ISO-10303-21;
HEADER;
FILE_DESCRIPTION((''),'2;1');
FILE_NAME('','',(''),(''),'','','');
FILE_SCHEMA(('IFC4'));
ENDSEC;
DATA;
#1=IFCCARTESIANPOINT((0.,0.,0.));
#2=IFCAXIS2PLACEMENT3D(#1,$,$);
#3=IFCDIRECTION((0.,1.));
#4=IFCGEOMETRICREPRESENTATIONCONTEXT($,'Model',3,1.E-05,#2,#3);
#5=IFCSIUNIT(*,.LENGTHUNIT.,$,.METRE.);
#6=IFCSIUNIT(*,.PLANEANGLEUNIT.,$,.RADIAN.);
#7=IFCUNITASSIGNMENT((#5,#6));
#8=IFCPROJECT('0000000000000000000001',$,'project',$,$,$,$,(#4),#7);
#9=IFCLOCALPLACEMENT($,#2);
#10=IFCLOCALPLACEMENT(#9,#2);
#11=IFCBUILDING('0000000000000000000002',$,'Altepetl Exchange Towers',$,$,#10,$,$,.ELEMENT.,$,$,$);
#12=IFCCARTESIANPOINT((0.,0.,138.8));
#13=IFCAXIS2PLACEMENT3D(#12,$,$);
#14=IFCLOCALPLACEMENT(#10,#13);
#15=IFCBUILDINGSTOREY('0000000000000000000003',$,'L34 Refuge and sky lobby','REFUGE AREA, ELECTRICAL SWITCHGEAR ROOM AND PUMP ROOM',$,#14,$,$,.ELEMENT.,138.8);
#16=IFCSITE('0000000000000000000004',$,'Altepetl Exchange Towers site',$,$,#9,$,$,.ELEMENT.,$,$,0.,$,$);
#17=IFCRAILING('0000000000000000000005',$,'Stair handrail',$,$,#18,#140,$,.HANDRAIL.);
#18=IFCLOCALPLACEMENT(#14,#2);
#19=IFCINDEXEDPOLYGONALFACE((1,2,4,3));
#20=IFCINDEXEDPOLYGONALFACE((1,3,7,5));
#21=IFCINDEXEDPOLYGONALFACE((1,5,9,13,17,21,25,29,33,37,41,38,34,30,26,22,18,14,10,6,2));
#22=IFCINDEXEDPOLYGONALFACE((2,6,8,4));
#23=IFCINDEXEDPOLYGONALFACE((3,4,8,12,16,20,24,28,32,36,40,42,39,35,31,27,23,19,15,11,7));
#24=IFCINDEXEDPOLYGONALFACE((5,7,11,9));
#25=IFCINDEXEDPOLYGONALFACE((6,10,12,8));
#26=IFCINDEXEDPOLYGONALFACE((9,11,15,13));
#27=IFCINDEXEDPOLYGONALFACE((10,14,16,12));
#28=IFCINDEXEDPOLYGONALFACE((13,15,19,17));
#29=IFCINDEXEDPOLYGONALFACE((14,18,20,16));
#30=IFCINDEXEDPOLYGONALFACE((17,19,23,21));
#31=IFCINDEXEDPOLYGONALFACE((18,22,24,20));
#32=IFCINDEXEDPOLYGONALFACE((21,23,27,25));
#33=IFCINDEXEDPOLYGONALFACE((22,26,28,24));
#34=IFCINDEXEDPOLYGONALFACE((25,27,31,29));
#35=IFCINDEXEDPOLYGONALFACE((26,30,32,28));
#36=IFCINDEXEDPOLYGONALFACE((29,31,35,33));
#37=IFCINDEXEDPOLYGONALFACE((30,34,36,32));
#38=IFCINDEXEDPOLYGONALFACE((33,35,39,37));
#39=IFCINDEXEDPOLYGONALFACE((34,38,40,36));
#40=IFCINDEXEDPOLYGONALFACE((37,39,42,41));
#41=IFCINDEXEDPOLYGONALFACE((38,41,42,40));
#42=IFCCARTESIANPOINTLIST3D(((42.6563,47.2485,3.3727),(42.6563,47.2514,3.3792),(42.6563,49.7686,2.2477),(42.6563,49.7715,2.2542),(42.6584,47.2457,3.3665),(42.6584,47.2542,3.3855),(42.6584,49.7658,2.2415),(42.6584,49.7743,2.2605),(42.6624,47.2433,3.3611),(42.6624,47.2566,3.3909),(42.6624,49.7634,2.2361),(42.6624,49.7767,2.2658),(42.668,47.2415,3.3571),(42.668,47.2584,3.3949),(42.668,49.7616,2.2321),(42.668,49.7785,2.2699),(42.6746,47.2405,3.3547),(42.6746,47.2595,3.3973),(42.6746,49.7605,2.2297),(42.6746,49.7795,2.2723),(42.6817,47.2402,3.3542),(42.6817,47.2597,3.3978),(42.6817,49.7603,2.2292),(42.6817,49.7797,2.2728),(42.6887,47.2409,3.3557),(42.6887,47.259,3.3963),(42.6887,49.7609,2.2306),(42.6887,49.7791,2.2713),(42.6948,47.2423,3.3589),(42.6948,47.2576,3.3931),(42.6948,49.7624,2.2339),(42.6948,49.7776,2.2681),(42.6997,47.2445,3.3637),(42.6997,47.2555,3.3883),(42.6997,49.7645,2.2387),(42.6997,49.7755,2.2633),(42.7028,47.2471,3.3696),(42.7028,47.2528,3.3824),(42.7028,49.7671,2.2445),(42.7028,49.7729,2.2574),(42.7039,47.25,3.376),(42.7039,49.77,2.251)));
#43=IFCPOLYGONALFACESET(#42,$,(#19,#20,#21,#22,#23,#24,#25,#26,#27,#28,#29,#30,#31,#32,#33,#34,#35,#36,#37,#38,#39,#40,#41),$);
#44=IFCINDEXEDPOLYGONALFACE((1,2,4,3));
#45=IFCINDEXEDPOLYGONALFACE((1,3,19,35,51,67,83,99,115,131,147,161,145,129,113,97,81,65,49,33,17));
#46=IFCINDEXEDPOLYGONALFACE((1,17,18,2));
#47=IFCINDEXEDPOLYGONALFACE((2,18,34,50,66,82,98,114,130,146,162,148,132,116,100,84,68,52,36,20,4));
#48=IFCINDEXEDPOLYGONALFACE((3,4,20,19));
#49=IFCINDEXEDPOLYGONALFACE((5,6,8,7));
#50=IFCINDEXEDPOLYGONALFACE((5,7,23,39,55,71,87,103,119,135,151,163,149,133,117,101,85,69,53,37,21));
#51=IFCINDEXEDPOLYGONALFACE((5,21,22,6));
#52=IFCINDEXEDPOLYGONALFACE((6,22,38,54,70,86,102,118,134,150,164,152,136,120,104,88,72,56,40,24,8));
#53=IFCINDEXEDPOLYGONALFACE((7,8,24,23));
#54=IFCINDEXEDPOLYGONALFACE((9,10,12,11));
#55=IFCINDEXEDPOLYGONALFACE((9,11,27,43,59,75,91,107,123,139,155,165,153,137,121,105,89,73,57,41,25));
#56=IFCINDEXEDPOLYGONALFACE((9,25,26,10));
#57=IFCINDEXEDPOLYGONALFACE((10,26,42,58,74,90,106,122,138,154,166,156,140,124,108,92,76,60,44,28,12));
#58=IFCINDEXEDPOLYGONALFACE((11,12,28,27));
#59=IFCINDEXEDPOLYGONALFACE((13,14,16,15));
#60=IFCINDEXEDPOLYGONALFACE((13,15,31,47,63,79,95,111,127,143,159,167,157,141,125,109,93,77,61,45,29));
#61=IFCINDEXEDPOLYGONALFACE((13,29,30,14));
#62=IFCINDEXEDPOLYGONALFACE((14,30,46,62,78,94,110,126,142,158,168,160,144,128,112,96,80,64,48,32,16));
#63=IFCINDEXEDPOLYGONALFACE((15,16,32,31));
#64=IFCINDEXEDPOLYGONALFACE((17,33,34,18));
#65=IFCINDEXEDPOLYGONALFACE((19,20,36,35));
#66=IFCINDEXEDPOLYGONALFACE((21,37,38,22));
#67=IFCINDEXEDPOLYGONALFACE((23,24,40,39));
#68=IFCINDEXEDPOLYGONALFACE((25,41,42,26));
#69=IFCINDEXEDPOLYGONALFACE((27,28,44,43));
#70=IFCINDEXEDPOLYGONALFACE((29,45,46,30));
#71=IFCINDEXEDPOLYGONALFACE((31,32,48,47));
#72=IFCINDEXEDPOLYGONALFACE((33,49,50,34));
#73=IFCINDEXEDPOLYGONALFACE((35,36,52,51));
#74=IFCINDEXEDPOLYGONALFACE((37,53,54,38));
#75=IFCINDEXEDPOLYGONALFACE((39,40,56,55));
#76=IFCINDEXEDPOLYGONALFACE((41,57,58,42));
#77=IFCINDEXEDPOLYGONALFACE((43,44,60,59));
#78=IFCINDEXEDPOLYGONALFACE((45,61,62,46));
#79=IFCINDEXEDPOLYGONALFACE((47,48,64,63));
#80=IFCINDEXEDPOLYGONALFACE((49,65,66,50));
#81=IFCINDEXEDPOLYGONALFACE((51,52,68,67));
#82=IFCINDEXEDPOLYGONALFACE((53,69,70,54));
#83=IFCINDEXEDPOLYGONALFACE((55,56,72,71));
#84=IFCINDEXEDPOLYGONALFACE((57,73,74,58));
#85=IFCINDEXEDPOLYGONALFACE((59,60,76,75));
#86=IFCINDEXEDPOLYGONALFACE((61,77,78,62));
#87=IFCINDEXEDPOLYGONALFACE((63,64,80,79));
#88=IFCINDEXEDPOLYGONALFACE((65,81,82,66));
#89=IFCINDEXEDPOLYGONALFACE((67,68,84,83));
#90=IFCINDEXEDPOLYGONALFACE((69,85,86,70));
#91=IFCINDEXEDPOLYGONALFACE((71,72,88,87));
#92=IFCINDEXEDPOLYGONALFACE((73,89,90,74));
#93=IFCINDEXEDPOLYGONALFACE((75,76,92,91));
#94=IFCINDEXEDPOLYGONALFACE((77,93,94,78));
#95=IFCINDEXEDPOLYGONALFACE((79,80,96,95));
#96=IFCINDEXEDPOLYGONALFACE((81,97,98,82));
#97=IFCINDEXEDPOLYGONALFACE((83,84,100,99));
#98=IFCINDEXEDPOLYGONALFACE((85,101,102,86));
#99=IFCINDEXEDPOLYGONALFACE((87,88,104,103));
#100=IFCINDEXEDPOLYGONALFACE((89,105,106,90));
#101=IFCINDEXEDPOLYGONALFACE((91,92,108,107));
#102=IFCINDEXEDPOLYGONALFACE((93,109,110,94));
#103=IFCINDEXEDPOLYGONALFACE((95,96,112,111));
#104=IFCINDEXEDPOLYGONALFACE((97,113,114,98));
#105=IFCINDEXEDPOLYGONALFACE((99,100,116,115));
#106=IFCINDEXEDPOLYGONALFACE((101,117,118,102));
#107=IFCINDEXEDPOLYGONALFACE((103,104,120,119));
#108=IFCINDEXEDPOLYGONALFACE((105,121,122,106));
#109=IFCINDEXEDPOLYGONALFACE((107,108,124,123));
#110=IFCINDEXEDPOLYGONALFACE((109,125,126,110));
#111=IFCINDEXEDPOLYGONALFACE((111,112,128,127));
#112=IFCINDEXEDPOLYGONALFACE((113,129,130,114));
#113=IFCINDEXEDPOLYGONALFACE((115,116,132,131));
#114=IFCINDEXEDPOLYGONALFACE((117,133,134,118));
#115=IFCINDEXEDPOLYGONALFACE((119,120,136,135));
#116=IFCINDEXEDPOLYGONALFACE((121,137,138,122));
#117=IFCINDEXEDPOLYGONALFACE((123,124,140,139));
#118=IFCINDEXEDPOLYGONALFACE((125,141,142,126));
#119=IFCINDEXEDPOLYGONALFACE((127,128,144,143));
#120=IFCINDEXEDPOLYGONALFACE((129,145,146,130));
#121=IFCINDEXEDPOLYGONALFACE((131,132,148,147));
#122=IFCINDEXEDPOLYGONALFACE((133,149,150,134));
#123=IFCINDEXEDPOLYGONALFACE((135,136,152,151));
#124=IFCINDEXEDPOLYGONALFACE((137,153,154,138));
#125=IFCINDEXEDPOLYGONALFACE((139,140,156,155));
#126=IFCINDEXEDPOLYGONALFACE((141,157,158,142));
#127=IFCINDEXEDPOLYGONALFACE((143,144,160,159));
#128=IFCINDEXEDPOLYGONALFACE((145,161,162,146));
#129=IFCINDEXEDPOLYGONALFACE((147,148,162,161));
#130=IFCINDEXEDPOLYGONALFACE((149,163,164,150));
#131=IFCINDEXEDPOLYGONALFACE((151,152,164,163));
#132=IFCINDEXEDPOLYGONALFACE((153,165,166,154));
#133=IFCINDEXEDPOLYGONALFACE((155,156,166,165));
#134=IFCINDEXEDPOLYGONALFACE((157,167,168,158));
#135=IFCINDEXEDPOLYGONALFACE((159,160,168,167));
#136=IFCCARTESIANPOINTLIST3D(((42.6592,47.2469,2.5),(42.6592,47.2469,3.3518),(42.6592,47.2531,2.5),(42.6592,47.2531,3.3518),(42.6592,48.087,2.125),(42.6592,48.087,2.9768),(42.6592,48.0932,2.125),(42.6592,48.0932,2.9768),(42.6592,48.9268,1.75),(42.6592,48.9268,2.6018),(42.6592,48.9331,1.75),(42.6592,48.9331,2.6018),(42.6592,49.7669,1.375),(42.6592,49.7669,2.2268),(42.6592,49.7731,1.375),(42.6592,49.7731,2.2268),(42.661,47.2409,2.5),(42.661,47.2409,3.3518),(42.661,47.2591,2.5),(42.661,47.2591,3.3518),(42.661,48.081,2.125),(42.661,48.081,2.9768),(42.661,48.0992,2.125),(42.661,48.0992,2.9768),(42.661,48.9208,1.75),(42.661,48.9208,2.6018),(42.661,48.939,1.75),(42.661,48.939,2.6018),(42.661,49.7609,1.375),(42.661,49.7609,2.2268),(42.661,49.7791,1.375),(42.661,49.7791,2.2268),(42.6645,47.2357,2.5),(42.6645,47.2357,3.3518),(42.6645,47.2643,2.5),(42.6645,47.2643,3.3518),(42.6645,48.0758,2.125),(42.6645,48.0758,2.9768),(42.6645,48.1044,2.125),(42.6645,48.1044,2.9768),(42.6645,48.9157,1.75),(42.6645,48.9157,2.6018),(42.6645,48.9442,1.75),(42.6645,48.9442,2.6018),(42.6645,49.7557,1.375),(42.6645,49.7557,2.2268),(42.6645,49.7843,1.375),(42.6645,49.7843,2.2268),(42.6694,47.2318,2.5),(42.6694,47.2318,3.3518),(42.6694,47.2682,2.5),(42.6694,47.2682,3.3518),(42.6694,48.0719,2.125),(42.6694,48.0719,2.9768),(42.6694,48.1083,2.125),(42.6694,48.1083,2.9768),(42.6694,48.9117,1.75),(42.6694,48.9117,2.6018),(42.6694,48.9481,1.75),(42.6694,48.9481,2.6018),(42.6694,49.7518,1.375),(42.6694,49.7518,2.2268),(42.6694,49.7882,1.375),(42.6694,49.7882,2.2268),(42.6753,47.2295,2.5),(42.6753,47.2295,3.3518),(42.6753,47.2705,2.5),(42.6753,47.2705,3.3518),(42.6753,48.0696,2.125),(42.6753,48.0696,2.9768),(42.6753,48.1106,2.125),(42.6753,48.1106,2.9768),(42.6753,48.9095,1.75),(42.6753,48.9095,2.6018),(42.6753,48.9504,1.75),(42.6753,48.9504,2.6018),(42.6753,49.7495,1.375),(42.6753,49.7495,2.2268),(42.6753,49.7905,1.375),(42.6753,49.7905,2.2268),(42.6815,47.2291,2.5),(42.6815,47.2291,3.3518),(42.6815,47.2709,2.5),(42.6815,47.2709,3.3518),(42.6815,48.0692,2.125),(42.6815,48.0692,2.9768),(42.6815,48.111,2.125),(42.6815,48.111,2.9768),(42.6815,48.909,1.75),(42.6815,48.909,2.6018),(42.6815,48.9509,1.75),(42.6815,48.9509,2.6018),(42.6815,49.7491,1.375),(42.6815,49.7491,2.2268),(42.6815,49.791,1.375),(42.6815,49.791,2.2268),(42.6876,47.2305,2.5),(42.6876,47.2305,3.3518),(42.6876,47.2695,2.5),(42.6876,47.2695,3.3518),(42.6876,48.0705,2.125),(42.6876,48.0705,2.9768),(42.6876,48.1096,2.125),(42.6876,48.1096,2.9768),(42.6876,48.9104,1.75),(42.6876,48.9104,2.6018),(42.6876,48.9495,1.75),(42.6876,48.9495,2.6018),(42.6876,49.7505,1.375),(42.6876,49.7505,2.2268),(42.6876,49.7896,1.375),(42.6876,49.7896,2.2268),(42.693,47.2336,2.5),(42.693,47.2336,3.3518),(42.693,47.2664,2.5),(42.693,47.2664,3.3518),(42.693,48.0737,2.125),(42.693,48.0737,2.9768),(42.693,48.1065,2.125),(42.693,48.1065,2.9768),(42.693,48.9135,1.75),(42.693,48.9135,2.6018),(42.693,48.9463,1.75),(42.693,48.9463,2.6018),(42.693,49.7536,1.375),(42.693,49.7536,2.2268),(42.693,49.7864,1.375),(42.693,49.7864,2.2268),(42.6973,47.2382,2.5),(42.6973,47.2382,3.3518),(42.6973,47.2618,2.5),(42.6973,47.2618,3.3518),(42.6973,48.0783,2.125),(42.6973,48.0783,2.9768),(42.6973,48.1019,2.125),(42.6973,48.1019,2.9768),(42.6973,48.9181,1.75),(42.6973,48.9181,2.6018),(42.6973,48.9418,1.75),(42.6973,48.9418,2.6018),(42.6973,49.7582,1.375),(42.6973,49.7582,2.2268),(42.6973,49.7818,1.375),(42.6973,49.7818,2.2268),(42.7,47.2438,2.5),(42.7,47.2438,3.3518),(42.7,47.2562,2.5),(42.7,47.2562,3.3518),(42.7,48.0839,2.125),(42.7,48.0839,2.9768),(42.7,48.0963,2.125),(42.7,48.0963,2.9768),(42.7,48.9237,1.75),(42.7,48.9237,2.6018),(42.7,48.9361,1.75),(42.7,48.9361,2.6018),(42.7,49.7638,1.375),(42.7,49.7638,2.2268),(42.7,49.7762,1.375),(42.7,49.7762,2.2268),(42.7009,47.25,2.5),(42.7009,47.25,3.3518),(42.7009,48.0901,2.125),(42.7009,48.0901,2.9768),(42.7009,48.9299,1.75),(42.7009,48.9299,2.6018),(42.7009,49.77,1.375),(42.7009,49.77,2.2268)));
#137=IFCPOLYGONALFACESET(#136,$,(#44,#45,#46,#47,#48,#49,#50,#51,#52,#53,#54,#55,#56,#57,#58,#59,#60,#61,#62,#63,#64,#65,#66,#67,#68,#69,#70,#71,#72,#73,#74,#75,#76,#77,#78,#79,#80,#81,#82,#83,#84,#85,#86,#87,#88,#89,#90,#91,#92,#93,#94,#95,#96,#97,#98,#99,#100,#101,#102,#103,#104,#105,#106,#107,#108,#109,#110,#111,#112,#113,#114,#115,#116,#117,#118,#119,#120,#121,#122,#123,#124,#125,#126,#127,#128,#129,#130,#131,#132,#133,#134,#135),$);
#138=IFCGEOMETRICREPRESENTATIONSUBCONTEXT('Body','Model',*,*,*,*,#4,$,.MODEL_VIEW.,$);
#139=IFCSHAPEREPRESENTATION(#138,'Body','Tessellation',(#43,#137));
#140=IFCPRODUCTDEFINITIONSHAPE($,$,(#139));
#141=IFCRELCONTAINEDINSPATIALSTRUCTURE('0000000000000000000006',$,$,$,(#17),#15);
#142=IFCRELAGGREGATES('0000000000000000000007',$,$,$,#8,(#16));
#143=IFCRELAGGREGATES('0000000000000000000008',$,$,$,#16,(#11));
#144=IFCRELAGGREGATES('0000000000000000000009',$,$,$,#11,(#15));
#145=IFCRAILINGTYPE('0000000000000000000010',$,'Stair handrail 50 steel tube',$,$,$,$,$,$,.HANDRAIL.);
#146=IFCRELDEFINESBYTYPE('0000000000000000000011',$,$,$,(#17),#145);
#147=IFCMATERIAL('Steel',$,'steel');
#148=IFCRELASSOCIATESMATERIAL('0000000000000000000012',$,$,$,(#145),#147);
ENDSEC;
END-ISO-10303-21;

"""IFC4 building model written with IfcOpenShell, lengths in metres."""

from ifc_helpers import new_model, si_unit, direction, frame, origin, origin_2d, place, context, subcontext, project, spatial, circle, extrude, source, transform, mapped, material, type_object, element, save


model = new_model("IFC4")

# Units and contexts
model_context = context("Model", 3, precision=1e-05, world=origin(), true_north=direction((0.0, 1.0)))
body_context = subcontext(model_context, "Body", "Model", "MODEL_VIEW")
ifc_project = project(units=[si_unit("LENGTHUNIT", "METRE"), si_unit("PLANEANGLEUNIT", "RADIAN")], contexts=[model_context])

# Site, building, storey
site_placement = place(None, origin())
site = spatial("IfcSite", under=ifc_project, at=site_placement, Name="Altepetl Exchange Towers site", CompositionType="ELEMENT", RefElevation=0.0)
building_placement = place(site_placement, origin())
building = spatial("IfcBuilding", under=site, at=building_placement, Name="Altepetl Exchange Towers", CompositionType="ELEMENT")
storey_placement = place(building_placement, frame((0.0, 0.0, 138.8)))
storey = spatial("IfcBuildingStorey", under=building, at=storey_placement, Name="L34 Refuge and sky lobby", Description="REFUGE AREA, ELECTRICAL SWITCHGEAR ROOM AND PUMP ROOM", CompositionType="ELEMENT", Elevation=138.8)

# Railing
ifc_material_1 = material(Name="Steel", Category="steel")
railing_type = type_object("IfcRailingType", Name="Stair handrail 50 steel tube", PredefinedType="HANDRAIL", material=ifc_material_1)
shared_shape = source(origin(), body_context, "Body", "SweptSolid", [
    extrude(circle(Radius=0.021, at=origin_2d()), origin(), (0.0, 0.0, 1.0), 0.8518),
])
railing_1_placement = place(storey_placement, frame((42.6799, 49.77, 1.375)))
element("IfcRailing", 1, at=railing_1_placement, inside=storey, type_object=railing_type, Name="Stair handrail", PredefinedType="HANDRAIL", context=body_context, shape_type="SweptSolid", body=[
    extrude(circle(Radius=0.0239, at=origin_2d()), frame((0.0, 0.0, 0.876), z_axis=(0.0, -0.913139, 0.407648), x_axis=(1.0, 0.0, 0.0)), (0.0, 0.0, 1.0), 2.7598),
    mapped(shared_shape, transform((0.0, 0.0, 0.0))),
    mapped(shared_shape, transform((0.0, -0.8401, 0.375))),
    mapped(shared_shape, transform((0.0, -1.6799, 0.75))),
    mapped(shared_shape, transform((0.0, -2.52, 1.125))),
])

save(model, "model.ifc")
